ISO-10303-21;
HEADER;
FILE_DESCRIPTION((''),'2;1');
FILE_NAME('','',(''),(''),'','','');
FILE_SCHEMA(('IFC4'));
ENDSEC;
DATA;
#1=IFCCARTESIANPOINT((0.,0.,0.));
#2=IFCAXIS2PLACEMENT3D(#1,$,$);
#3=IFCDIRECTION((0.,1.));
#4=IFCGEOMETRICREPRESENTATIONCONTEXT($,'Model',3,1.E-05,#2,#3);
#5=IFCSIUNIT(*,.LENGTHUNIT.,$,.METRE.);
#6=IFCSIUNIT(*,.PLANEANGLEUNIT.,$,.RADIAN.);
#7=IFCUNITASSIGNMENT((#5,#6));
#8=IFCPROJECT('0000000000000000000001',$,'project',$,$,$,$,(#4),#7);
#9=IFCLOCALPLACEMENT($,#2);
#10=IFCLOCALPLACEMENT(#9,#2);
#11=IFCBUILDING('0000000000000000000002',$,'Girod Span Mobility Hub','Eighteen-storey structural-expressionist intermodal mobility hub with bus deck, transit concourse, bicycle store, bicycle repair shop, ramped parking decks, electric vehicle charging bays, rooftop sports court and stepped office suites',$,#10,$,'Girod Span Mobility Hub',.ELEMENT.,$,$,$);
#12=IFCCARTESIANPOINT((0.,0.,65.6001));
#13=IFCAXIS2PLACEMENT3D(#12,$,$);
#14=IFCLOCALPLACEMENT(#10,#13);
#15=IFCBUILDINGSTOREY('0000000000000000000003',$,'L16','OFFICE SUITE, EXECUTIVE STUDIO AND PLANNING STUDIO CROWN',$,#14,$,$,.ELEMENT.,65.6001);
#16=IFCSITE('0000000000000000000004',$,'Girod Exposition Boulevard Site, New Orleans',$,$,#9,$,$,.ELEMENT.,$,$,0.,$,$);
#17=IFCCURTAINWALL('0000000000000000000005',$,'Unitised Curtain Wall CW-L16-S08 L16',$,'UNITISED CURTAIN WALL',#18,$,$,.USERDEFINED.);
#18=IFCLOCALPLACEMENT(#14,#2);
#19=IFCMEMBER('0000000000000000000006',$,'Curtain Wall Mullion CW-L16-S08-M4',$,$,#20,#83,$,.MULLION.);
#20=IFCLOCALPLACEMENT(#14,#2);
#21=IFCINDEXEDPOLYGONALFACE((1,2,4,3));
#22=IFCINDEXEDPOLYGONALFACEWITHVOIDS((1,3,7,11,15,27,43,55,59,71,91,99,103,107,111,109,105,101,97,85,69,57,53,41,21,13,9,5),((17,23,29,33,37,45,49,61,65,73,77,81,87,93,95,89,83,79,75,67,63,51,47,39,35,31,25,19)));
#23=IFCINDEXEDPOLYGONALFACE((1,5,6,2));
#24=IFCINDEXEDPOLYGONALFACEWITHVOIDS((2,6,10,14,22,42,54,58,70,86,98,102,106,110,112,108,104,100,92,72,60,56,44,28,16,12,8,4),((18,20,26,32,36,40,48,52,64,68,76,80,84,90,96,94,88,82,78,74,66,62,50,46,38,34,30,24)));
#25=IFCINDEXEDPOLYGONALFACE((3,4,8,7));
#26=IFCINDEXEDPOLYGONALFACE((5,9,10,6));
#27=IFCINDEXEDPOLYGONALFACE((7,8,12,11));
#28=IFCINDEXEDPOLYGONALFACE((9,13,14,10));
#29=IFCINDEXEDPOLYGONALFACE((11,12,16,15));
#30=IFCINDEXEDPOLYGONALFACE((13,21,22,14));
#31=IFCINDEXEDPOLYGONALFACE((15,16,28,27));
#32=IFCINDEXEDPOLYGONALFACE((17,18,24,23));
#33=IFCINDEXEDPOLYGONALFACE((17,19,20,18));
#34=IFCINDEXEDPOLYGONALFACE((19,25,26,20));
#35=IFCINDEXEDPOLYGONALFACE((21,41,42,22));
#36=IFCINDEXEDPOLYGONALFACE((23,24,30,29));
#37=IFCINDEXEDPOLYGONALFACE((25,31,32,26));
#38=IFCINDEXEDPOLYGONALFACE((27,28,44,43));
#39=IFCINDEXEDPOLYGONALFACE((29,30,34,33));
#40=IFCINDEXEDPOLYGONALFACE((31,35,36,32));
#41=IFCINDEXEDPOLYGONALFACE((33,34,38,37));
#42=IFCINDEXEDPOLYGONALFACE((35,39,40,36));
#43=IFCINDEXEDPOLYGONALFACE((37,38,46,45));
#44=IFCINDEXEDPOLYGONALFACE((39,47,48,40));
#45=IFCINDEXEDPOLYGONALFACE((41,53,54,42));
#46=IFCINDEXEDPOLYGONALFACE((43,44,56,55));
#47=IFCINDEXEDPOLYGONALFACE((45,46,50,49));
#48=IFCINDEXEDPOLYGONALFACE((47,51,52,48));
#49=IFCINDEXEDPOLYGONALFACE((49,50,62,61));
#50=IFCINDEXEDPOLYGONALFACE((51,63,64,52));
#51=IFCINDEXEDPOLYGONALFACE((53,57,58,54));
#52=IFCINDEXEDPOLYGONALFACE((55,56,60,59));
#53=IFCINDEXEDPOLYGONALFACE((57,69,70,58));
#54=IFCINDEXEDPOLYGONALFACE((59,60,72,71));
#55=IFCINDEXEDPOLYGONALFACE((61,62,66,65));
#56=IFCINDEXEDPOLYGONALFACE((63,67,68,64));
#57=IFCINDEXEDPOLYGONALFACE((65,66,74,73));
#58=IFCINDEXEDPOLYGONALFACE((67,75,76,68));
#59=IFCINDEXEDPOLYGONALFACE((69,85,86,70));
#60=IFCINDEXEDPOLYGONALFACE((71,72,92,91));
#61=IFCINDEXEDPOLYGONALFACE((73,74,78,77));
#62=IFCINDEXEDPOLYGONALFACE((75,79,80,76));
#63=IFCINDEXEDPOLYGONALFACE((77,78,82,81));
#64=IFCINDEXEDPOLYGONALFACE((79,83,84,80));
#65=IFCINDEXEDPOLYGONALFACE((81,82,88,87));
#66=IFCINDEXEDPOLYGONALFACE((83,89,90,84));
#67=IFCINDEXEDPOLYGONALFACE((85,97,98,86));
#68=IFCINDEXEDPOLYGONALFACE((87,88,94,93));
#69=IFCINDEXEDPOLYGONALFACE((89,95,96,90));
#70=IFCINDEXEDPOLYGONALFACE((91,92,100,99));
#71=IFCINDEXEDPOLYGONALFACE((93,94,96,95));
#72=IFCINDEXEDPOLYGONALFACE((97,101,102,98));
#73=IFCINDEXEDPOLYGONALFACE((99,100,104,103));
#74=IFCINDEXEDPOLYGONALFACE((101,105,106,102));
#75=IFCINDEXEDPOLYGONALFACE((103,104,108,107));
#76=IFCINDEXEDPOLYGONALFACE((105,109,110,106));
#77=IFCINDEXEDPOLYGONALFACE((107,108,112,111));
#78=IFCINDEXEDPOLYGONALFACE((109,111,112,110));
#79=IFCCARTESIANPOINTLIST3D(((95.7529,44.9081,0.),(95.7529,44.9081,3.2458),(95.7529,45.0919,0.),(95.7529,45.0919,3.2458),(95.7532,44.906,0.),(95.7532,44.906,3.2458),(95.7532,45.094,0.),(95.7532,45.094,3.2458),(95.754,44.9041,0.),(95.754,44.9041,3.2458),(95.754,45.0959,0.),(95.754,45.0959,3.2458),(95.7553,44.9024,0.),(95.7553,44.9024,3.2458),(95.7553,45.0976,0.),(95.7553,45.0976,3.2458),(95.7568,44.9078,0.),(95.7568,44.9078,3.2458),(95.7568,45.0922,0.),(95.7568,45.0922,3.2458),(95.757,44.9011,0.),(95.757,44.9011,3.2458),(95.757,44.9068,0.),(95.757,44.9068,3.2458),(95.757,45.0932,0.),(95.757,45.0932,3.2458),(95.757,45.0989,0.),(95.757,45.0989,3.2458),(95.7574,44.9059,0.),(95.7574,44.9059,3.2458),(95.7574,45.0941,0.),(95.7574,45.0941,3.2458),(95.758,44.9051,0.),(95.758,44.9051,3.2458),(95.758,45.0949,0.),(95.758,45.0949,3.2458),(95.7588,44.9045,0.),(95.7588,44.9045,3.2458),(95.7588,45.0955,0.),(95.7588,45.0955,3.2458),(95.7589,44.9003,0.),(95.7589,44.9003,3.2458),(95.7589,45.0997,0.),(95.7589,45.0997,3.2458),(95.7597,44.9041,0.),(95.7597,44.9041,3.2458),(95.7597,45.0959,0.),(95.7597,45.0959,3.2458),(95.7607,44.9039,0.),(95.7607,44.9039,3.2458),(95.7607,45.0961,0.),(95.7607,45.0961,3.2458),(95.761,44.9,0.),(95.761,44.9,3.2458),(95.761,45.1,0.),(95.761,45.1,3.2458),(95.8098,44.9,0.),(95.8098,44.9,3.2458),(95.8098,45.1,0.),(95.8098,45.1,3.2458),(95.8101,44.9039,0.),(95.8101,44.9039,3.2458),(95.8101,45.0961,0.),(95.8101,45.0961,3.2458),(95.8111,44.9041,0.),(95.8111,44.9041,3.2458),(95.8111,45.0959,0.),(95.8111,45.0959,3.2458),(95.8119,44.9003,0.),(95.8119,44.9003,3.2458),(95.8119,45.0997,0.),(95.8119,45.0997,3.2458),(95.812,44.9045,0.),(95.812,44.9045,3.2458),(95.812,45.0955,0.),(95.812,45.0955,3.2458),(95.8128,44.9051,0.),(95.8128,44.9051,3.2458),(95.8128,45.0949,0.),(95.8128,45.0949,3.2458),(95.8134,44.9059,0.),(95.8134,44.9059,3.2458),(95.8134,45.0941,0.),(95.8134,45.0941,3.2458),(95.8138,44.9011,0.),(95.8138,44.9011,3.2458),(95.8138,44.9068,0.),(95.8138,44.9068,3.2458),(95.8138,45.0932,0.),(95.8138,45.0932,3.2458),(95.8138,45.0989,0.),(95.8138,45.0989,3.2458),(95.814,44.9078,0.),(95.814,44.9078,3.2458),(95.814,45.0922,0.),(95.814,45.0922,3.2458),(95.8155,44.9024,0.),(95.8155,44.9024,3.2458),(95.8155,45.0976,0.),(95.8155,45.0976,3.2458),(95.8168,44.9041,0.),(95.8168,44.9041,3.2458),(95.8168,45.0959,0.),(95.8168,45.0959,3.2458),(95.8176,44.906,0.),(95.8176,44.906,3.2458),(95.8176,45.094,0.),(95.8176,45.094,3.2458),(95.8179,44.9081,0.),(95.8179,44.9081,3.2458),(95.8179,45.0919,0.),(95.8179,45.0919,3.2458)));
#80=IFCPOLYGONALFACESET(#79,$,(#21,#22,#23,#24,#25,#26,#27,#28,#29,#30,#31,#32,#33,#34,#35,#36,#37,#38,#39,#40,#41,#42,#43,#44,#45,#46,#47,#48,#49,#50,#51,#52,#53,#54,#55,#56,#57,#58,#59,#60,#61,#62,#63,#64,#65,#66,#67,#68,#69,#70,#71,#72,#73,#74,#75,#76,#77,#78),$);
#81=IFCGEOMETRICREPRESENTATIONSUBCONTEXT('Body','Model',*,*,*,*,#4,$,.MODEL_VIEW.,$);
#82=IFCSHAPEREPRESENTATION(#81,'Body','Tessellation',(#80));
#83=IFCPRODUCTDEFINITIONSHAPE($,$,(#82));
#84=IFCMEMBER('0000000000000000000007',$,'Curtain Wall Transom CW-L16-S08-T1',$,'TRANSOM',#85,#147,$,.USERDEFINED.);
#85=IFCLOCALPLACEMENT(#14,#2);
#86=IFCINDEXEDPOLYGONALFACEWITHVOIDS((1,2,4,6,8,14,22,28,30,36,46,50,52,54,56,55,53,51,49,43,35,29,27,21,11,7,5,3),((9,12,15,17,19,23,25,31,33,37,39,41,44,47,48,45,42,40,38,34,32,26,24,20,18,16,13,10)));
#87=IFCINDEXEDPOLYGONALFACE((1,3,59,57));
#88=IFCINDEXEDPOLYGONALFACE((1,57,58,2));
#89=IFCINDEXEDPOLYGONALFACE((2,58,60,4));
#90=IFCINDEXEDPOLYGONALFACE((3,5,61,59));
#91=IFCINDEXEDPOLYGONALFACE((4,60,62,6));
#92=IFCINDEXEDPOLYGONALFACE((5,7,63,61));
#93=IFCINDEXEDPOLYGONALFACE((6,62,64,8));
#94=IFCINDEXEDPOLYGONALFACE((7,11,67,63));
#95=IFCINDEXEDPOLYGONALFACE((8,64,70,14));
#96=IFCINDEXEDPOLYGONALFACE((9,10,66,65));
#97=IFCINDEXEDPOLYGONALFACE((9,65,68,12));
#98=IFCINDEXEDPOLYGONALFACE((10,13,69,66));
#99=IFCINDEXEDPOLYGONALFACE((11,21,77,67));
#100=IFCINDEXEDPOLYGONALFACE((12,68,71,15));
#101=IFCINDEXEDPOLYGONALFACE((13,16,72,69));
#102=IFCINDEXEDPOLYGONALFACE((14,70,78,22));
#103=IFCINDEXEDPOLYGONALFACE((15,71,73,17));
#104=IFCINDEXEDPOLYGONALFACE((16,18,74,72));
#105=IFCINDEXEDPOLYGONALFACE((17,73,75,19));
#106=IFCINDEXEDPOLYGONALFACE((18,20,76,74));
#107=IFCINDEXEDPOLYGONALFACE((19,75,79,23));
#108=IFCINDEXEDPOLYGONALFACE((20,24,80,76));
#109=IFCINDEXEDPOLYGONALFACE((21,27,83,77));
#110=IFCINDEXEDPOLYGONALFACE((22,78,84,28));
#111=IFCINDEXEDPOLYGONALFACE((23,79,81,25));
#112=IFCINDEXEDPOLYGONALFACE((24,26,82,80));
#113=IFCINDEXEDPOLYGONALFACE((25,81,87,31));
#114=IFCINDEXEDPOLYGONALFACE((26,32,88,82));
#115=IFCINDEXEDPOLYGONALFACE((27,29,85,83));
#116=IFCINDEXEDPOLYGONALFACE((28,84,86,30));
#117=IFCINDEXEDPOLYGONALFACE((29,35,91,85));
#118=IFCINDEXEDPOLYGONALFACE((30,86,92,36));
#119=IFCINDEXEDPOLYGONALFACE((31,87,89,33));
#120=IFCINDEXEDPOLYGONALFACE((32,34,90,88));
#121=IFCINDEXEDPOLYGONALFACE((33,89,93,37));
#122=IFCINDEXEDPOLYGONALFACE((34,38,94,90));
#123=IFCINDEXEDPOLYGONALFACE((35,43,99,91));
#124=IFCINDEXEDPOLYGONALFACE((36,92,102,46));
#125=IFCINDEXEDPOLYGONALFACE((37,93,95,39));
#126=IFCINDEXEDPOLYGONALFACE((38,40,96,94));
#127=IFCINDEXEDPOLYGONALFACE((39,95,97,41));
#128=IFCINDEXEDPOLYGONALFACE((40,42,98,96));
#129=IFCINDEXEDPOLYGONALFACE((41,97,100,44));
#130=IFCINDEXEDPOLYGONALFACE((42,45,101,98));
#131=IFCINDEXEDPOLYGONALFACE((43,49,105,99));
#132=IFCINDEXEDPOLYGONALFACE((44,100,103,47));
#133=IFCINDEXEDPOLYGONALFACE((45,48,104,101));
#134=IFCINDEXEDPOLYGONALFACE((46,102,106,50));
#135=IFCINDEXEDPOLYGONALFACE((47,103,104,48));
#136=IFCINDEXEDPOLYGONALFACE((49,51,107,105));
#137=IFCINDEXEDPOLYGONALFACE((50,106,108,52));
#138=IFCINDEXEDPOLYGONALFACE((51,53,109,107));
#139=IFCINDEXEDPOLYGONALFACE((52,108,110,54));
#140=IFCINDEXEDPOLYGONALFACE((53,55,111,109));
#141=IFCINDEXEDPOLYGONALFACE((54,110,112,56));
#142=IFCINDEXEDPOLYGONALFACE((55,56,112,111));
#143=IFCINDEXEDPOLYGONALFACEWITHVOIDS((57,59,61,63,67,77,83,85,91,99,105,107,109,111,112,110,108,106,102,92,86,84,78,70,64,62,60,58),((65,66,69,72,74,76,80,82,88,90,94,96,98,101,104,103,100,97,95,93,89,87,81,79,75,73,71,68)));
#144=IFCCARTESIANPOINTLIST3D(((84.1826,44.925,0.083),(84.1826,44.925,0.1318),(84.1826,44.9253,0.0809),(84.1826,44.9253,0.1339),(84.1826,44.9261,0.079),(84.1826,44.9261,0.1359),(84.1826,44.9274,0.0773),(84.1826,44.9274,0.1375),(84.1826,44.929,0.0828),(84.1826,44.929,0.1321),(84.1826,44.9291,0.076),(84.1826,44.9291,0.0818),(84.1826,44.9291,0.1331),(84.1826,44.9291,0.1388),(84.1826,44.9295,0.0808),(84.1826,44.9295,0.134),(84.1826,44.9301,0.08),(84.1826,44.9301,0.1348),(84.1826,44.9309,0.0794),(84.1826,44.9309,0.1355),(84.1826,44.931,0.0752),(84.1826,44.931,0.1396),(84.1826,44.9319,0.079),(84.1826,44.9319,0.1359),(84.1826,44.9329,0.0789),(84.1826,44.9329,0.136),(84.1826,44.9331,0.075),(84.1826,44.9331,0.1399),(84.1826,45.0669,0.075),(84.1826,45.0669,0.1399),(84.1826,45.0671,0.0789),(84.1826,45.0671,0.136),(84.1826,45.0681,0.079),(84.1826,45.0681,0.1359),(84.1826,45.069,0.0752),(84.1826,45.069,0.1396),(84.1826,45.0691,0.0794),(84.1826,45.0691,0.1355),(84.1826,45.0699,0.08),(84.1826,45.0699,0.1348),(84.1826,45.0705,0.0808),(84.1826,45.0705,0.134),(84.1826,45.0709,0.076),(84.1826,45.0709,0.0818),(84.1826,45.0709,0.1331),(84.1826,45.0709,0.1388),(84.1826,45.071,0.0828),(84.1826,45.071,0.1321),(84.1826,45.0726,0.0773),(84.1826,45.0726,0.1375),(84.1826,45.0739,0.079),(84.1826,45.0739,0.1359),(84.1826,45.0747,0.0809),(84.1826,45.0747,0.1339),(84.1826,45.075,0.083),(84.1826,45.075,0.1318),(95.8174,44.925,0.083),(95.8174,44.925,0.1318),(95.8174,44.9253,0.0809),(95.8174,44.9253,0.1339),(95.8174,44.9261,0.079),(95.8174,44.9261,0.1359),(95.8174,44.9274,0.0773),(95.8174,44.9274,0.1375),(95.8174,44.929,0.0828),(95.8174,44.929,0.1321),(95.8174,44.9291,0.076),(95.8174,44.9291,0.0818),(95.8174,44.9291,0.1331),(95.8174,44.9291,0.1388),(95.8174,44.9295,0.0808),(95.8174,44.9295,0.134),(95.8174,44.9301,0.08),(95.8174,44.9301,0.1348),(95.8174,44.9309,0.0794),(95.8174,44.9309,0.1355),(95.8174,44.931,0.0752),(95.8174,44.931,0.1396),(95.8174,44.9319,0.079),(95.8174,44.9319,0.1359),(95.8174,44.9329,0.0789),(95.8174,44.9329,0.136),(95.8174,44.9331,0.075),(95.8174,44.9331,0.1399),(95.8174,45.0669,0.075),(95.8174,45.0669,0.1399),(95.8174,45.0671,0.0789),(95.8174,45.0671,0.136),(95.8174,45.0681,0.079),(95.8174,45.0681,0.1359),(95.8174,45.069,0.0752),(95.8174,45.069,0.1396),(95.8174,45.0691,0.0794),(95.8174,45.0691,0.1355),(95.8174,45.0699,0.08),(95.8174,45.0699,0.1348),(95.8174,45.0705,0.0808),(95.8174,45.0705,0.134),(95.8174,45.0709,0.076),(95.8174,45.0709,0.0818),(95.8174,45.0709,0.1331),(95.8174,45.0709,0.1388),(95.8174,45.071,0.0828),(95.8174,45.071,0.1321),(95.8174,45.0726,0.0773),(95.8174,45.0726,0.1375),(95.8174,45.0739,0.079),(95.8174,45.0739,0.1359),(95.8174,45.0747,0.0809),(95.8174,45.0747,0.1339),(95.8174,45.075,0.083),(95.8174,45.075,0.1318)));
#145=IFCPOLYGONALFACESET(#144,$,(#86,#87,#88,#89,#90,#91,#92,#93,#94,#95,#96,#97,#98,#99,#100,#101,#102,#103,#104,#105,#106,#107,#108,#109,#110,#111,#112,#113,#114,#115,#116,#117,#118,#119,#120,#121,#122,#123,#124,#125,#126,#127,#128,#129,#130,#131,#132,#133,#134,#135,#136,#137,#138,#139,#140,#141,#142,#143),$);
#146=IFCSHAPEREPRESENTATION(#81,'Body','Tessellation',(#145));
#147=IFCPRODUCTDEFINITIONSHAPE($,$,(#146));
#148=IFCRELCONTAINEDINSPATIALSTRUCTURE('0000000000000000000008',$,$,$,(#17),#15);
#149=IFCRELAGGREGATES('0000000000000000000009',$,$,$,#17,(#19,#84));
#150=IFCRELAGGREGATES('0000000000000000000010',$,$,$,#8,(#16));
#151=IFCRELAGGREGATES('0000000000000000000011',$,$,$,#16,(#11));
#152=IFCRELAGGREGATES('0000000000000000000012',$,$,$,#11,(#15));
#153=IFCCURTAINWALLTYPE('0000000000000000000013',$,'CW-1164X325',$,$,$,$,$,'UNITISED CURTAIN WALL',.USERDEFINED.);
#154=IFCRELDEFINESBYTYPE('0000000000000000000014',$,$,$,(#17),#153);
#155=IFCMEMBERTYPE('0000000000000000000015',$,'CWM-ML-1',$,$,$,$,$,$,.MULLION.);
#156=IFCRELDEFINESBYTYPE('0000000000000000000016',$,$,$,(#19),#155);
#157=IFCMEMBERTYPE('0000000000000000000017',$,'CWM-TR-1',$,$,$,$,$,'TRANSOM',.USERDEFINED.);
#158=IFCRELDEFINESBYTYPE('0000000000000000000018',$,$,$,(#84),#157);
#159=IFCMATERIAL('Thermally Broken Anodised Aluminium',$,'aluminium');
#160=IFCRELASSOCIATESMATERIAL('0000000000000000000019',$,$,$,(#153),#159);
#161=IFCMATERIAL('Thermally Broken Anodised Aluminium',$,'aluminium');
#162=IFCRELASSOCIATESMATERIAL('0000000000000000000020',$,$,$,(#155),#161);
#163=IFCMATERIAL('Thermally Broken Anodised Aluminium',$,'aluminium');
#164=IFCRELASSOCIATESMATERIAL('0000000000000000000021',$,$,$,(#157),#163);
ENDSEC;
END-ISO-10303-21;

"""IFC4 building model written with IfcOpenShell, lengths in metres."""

from ifc_helpers import new_model, si_unit, direction, frame, origin, origin_2d, place, context, subcontext, project, spatial, hollow_rectangle, extrude, material, material_profile, profile_set, type_object, element, aggregate, save


model = new_model("IFC4")

# Units and contexts
model_context = context("Model", 3, precision=1e-05, world=origin(), true_north=direction((0.0, 1.0)))
body_context = subcontext(model_context, "Body", "Model", "MODEL_VIEW")
ifc_project = project(units=[si_unit("LENGTHUNIT", "METRE"), si_unit("PLANEANGLEUNIT", "RADIAN")], contexts=[model_context])

# Site, building, storey
site_placement = place(None, origin())
site = spatial("IfcSite", under=ifc_project, at=site_placement, Name="Girod Exposition Boulevard Site, New Orleans", CompositionType="ELEMENT", RefElevation=0.0)
building_placement = place(site_placement, origin())
building = spatial("IfcBuilding", under=site, at=building_placement, Name="Girod Span Mobility Hub", Description="Eighteen-storey structural-expressionist intermodal mobility hub with bus deck, transit concourse, bicycle store, bicycle repair shop, ramped parking decks, electric vehicle charging bays, rooftop sports court and stepped office suites", LongName="Girod Span Mobility Hub", CompositionType="ELEMENT")
storey_placement = place(building_placement, frame((0.0, 0.0, 65.6001)))
storey = spatial("IfcBuildingStorey", under=building, at=storey_placement, Name="L16", Description="OFFICE SUITE, EXECUTIVE STUDIO AND PLANNING STUDIO CROWN", CompositionType="ELEMENT", Elevation=65.6001)

# Shared definitions
ifc_material_1 = material(Name="Thermally Broken Anodised Aluminium", Category="aluminium")
curtain_wall_type = type_object("IfcCurtainWallType", Name="CW-1164X325", ElementType="UNITISED CURTAIN WALL", PredefinedType="USERDEFINED", material=ifc_material_1)
ifc_material_2 = material(Name="Thermally Broken Anodised Aluminium", Category="aluminium")
ifc_material_profile_1 = material_profile(ifc_material_2, hollow_rectangle(XDim=0.2, YDim=0.0649, WallThickness=0.0039, InnerFilletRadius=0.0039, OuterFilletRadius=0.0081, at=origin_2d()), Name="CW-ML-65X200")
ifc_profile_set_1 = profile_set([ifc_material_profile_1], Name="Thermally Broken Anodised Aluminium")
member_type_1 = type_object("IfcMemberType", Name="CWM-ML-1", PredefinedType="MULLION", material=ifc_profile_set_1)

# Curtain wall, members
curtain_wall_1_placement = place(storey_placement, origin())
curtain_wall_1 = element("IfcCurtainWall", 1, at=curtain_wall_1_placement, inside=storey, type_object=curtain_wall_type, Name="Unitised Curtain Wall CW-L16-S08 L16", ObjectType="UNITISED CURTAIN WALL", PredefinedType="USERDEFINED")
member_1_placement = place(storey_placement, frame((95.7854, 45.0, 0.0), z_axis=(0.0, 0.0, 1.0), x_axis=(0.0, 1.0, 0.0)))
member_1 = element("IfcMember", 2, at=member_1_placement, type_object=member_type_1, Name="Curtain Wall Mullion CW-L16-S08-M4", PredefinedType="MULLION", context=body_context, shape_type="SweptSolid", body=[
    extrude(hollow_rectangle(XDim=0.2, YDim=0.0649, WallThickness=0.0039, InnerFilletRadius=0.0039, OuterFilletRadius=0.0081, at=origin_2d()), origin(), (0.0, 0.0, 1.0), 3.2458),
])
ifc_material_3 = material(Name="Thermally Broken Anodised Aluminium", Category="aluminium")
ifc_material_profile_2 = material_profile(ifc_material_3, hollow_rectangle(XDim=0.1499, YDim=0.0649, WallThickness=0.0039, InnerFilletRadius=0.0039, OuterFilletRadius=0.0081, at=origin_2d()), Name="CW-TR-65X150")
ifc_profile_set_2 = profile_set([ifc_material_profile_2], Name="Thermally Broken Anodised Aluminium")
member_type_2 = type_object("IfcMemberType", Name="CWM-TR-1", ElementType="TRANSOM", PredefinedType="USERDEFINED", material=ifc_profile_set_2)
member_2_placement = place(storey_placement, frame((84.1826, 45.0, 0.1074), z_axis=(1.0, 0.0, 0.0), x_axis=(0.0, 1.0, 0.0)))
member_2 = element("IfcMember", 3, at=member_2_placement, type_object=member_type_2, Name="Curtain Wall Transom CW-L16-S08-T1", ObjectType="TRANSOM", PredefinedType="USERDEFINED", context=body_context, shape_type="SweptSolid", body=[
    extrude(hollow_rectangle(XDim=0.1499, YDim=0.0649, WallThickness=0.0039, InnerFilletRadius=0.0039, OuterFilletRadius=0.0081, at=origin_2d()), origin(), (0.0, 0.0, 1.0), 11.6348),
])

aggregate(curtain_wall_1, [member_1, member_2])

save(model, "model.ifc")
